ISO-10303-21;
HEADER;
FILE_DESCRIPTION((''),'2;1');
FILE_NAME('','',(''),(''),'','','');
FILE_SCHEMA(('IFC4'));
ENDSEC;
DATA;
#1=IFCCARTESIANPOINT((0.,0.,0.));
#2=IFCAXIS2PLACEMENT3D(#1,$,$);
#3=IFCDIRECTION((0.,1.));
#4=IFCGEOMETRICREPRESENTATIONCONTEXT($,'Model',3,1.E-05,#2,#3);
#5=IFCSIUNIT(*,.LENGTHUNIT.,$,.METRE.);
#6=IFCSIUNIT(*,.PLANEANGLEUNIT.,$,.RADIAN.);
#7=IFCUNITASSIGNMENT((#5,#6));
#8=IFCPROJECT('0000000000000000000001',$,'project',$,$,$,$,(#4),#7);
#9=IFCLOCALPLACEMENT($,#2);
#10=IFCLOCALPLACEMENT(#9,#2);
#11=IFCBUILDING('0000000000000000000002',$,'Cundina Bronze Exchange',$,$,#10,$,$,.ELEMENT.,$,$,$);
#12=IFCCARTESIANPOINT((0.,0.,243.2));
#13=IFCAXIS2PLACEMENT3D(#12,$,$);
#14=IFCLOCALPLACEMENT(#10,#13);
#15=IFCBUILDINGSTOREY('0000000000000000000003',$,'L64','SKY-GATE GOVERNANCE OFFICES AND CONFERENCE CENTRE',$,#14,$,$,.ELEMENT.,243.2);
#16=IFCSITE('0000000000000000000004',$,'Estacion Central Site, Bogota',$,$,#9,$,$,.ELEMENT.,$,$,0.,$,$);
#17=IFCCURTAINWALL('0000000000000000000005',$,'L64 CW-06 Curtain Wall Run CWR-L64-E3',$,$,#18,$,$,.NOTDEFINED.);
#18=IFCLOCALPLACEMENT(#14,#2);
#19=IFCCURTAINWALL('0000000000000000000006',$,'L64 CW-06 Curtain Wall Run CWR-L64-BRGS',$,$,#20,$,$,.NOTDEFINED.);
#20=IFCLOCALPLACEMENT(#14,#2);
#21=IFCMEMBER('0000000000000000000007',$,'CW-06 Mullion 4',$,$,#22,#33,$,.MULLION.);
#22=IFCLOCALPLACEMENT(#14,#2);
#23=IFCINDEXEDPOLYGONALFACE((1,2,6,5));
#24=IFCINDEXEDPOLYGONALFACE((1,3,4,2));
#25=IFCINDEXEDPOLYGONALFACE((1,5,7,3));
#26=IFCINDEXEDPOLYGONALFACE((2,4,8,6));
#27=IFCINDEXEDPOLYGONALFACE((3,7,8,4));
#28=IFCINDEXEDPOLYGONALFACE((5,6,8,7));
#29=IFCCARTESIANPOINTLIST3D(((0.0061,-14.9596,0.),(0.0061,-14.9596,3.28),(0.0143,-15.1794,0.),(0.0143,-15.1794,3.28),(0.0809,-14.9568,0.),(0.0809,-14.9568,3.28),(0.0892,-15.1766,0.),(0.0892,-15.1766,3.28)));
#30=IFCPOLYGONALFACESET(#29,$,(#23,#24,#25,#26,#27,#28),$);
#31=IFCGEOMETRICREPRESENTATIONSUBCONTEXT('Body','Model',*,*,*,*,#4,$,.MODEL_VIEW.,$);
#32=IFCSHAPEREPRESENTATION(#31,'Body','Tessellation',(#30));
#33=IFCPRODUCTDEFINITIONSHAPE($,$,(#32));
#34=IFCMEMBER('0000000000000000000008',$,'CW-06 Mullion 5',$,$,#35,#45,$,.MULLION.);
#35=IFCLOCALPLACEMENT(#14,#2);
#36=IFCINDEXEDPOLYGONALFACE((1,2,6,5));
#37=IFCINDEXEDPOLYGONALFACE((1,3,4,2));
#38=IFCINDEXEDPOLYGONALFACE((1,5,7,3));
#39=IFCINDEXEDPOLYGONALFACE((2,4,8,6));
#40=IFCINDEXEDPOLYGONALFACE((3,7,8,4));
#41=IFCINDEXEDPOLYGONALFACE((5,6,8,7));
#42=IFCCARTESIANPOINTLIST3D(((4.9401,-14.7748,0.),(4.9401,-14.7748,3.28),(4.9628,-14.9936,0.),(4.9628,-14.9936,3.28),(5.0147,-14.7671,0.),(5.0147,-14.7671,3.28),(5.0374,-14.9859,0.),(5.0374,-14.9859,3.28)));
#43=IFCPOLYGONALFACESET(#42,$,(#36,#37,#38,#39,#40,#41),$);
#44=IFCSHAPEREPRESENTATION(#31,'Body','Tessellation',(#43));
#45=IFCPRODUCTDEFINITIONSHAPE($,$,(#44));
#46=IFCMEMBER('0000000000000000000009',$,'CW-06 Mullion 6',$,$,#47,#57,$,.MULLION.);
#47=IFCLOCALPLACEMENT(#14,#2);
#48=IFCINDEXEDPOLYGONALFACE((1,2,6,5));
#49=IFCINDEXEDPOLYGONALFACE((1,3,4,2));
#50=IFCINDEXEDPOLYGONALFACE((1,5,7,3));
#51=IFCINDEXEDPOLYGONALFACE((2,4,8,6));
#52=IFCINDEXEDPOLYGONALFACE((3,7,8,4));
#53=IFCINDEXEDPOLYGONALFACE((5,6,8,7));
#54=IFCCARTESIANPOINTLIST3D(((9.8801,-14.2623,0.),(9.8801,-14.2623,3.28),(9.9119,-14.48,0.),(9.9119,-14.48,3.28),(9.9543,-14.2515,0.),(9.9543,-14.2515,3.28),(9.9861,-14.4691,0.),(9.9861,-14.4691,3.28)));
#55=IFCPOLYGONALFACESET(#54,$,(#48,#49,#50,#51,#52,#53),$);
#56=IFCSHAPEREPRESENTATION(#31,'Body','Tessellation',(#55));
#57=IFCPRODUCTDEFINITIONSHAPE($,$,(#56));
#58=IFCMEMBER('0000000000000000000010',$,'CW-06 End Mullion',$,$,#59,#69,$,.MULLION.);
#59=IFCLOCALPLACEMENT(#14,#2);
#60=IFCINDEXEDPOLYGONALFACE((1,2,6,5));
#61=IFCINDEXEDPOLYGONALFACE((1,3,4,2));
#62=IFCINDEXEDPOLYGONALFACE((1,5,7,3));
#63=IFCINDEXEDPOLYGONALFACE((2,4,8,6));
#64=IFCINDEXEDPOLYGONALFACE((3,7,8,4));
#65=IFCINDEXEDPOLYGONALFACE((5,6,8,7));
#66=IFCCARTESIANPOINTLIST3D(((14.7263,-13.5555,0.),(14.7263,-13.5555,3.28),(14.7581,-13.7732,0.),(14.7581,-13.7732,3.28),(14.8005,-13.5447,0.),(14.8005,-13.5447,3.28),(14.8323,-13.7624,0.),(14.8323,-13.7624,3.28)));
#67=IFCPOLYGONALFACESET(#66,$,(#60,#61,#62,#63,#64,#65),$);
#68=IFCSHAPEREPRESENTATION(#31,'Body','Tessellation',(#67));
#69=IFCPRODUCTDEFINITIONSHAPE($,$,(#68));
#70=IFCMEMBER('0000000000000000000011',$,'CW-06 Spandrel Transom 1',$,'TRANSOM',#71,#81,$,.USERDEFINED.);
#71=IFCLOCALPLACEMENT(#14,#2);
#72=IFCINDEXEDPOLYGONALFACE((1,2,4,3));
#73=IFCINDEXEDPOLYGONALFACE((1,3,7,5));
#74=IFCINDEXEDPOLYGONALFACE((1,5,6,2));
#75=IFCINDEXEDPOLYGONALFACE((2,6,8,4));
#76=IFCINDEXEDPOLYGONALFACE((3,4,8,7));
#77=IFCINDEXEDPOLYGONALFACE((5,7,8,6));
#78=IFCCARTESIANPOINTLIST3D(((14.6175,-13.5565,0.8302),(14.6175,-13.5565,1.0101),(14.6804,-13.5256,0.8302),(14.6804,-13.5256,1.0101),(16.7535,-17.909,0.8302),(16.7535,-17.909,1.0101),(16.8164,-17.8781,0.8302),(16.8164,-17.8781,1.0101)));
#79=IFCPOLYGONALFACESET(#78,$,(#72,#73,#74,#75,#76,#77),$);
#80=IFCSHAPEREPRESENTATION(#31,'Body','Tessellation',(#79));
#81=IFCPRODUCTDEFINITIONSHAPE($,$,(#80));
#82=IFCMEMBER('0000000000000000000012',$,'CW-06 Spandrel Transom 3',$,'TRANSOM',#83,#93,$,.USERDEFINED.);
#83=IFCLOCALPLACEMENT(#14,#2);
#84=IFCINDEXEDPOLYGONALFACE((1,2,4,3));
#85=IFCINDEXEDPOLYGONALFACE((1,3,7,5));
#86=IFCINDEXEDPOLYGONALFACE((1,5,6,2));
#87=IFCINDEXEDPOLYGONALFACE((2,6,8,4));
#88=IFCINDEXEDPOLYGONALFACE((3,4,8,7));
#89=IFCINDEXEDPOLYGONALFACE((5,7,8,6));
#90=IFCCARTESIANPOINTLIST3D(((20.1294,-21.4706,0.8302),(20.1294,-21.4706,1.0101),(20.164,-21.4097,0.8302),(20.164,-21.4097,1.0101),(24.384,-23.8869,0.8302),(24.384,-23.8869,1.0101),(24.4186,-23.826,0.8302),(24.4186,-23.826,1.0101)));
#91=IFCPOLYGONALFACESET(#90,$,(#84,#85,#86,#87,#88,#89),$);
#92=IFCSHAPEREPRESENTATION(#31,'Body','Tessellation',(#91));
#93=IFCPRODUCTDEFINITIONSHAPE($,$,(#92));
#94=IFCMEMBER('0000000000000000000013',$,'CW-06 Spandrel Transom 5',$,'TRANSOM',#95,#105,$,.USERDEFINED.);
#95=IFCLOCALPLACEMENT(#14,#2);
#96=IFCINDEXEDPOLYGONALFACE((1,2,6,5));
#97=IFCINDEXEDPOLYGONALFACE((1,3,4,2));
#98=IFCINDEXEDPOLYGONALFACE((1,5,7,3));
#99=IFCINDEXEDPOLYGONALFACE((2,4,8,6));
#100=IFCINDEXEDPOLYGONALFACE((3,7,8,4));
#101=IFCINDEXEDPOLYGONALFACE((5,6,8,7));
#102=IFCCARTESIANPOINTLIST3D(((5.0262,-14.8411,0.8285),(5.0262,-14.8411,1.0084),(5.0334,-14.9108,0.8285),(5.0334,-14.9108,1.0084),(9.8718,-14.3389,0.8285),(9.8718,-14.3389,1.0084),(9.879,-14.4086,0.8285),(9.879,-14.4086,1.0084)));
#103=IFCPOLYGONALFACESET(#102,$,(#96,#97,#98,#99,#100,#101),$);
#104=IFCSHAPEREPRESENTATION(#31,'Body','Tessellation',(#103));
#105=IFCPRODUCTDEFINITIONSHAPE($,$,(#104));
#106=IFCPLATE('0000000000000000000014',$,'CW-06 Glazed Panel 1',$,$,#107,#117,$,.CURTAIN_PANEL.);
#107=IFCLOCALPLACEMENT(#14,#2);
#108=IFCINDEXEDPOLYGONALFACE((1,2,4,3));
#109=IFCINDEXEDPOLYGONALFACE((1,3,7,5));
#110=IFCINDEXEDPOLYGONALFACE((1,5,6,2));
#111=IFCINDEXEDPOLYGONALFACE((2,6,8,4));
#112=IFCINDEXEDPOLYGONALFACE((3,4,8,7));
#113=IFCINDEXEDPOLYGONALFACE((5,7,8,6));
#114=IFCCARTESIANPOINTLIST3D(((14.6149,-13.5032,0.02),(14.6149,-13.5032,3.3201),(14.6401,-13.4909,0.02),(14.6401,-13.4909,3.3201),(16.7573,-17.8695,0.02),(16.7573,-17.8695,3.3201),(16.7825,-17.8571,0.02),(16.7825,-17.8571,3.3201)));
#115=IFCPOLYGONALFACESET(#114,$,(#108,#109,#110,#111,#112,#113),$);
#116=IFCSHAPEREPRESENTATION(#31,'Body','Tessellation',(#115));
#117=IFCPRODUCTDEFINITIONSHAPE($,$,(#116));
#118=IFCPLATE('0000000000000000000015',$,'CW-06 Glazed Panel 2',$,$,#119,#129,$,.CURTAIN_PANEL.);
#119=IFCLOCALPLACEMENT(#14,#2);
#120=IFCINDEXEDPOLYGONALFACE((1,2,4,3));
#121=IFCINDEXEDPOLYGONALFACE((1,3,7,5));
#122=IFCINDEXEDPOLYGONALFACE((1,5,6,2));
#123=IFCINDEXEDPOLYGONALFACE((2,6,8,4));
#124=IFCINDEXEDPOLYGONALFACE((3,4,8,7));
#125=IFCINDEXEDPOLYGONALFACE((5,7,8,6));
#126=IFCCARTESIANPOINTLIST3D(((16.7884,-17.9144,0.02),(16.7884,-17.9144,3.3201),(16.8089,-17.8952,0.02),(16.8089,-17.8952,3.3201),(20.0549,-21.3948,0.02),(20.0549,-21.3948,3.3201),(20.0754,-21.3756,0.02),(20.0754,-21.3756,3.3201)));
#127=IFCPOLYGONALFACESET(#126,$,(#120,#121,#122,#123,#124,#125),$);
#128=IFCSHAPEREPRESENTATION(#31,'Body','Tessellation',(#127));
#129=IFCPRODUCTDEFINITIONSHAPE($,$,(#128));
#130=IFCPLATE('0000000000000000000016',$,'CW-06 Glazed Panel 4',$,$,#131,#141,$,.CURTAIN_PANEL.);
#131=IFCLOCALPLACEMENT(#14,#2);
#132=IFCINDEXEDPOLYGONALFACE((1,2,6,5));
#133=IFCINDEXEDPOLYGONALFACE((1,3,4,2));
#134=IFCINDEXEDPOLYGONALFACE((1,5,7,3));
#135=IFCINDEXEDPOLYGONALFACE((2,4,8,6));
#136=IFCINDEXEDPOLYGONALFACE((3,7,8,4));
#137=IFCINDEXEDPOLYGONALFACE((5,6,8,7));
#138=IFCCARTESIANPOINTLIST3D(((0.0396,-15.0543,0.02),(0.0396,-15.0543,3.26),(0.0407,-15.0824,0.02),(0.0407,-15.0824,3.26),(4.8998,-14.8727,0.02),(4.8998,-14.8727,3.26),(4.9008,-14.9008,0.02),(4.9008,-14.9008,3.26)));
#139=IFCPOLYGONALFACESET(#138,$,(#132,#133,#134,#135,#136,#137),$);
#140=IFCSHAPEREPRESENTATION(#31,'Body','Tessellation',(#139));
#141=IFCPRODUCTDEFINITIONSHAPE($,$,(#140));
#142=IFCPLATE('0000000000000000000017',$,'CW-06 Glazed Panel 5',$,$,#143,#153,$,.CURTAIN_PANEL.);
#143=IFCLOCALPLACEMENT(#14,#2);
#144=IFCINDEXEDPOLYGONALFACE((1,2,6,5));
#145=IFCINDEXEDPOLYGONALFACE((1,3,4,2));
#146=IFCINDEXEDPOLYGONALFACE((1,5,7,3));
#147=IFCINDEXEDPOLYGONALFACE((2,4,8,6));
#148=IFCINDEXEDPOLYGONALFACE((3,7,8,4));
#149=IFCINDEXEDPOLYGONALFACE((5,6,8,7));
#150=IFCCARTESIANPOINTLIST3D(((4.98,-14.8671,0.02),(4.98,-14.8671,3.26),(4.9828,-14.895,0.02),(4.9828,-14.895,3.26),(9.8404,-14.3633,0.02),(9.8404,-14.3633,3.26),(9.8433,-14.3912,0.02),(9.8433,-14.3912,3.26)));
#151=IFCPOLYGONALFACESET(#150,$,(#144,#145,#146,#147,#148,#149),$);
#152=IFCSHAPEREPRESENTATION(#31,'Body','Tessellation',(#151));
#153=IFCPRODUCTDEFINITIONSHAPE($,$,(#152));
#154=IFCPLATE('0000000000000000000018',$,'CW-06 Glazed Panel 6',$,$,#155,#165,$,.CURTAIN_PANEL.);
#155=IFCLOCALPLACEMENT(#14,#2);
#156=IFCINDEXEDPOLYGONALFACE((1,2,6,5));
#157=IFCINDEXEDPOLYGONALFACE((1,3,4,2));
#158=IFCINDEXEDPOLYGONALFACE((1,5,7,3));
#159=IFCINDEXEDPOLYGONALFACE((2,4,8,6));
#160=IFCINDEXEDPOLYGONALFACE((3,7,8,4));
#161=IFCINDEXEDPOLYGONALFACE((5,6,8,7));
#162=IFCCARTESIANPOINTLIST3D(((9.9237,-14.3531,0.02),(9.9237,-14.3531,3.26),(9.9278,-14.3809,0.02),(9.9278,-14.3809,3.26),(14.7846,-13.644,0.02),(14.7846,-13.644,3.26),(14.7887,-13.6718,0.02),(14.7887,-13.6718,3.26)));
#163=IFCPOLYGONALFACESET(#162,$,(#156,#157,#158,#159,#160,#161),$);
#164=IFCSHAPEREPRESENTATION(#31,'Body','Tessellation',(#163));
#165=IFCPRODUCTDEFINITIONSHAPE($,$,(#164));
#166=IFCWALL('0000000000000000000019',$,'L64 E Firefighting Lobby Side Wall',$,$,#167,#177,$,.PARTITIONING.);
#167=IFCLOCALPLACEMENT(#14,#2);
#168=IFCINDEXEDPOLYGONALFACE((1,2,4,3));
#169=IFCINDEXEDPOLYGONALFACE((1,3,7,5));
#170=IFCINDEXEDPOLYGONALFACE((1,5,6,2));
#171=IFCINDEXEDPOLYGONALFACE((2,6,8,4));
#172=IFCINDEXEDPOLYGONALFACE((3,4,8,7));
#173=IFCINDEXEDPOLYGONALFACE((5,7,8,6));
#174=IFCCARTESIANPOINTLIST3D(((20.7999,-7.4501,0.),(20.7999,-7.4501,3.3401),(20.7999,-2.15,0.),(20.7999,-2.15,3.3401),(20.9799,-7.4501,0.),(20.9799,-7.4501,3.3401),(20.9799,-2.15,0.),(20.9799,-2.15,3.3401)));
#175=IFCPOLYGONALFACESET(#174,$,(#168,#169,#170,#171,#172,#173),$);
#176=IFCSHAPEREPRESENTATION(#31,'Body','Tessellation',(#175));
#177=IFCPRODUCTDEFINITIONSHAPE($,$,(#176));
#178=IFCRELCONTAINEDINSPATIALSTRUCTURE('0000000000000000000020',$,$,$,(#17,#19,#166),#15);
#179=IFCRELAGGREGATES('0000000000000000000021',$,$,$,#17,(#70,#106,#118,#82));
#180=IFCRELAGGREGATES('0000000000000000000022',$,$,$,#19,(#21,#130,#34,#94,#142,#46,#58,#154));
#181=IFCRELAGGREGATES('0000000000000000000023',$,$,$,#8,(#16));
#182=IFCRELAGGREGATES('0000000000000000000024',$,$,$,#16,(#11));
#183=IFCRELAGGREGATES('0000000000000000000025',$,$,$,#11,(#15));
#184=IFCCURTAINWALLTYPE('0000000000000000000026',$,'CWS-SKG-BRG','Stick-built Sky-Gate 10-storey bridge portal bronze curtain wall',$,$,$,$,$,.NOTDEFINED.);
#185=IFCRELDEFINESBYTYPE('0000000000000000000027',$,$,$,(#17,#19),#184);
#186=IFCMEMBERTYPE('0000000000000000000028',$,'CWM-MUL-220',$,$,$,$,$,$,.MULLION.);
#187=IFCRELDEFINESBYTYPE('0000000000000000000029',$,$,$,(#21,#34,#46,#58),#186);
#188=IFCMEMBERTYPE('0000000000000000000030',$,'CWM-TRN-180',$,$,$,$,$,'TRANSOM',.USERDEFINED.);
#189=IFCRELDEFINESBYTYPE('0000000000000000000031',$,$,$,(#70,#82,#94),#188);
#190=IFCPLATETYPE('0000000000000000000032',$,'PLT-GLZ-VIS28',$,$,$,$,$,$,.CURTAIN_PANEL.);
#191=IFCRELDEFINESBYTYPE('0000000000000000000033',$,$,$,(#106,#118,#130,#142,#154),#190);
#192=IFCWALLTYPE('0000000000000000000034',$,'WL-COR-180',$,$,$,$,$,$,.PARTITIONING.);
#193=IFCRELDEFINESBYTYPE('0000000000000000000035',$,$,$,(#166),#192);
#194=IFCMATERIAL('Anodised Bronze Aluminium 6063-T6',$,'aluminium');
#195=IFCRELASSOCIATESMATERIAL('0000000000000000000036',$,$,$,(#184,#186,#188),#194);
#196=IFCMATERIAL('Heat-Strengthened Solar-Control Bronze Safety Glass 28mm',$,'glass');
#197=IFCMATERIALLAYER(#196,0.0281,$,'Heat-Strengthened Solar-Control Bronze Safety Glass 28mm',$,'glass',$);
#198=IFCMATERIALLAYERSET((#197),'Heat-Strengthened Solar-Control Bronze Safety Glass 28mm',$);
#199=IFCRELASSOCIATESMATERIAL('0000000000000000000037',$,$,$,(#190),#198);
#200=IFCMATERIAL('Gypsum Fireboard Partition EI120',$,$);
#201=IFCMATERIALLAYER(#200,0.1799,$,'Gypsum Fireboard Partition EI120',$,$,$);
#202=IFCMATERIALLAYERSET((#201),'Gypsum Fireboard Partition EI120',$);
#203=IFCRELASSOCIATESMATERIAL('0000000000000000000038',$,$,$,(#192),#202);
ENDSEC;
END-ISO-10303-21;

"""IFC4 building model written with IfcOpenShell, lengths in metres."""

from ifc_helpers import new_model, si_unit, direction, frame, frame_2d, origin, origin_2d, place, context, subcontext, project, spatial, rectangle, extrude, material, layer, layer_set, material_profile, profile_set, type_object, element, aggregate, save


model = new_model("IFC4")

# Units and contexts
model_context = context("Model", 3, precision=1e-05, world=origin(), true_north=direction((0.0, 1.0)))
body_context = subcontext(model_context, "Body", "Model", "MODEL_VIEW")
ifc_project = project(units=[si_unit("LENGTHUNIT", "METRE"), si_unit("PLANEANGLEUNIT", "RADIAN")], contexts=[model_context])

# Site, building, storey
site_placement = place(None, origin())
site = spatial("IfcSite", under=ifc_project, at=site_placement, Name="Estacion Central Site, Bogota", CompositionType="ELEMENT", RefElevation=0.0)
building_placement = place(site_placement, origin())
building = spatial("IfcBuilding", under=site, at=building_placement, Name="Cundina Bronze Exchange", CompositionType="ELEMENT")
storey_placement = place(building_placement, frame((0.0, 0.0, 243.2)))
storey = spatial("IfcBuildingStorey", under=building, at=storey_placement, Name="L64", Description="SKY-GATE GOVERNANCE OFFICES AND CONFERENCE CENTRE", CompositionType="ELEMENT", Elevation=243.2)

# Curtain walls, members
ifc_material_1 = material(Name="Anodised Bronze Aluminium 6063-T6", Category="aluminium")
curtain_wall_type = type_object("IfcCurtainWallType", Name="CWS-SKG-BRG", Description="Stick-built Sky-Gate 10-storey bridge portal bronze curtain wall", PredefinedType="NOTDEFINED", material=ifc_material_1)
curtain_wall_1_placement = place(storey_placement, origin())
curtain_wall_1 = element("IfcCurtainWall", 1, at=curtain_wall_1_placement, inside=storey, type_object=curtain_wall_type, Name="L64 CW-06 Curtain Wall Run CWR-L64-E3", PredefinedType="NOTDEFINED")
ifc_material_profile_1 = material_profile(ifc_material_1, rectangle(XDim=0.075, YDim=0.22, at=origin_2d()), Name="AL75X220", Category="aluminium")
ifc_profile_set_1 = profile_set([ifc_material_profile_1], Name="Anodised Bronze Aluminium 6063-T6")
member_type_1 = type_object("IfcMemberType", Name="CWM-MUL-220", PredefinedType="MULLION", material=ifc_profile_set_1)
curtain_wall_2_placement = place(storey_placement, origin())
curtain_wall_2 = element("IfcCurtainWall", 2, at=curtain_wall_2_placement, inside=storey, type_object=curtain_wall_type, Name="L64 CW-06 Curtain Wall Run CWR-L64-BRGS", PredefinedType="NOTDEFINED")
member_1_placement = place(storey_placement, frame((0.0476, -15.0681, 0.0), z_axis=(0.0, 0.0, 1.0), x_axis=(0.999303, 0.037341, 0.0)))
member_1 = element("IfcMember", 3, at=member_1_placement, type_object=member_type_1, Name="CW-06 Mullion 4", PredefinedType="MULLION", context=body_context, shape_type="SweptSolid", body=[
    extrude(rectangle(XDim=0.075, YDim=0.22, at=origin_2d()), origin(), (0.0, 0.0, 1.0), 3.28),
])
member_2_placement = place(storey_placement, frame((4.9888, -14.8804, 0.0), z_axis=(0.0, 0.0, 1.0), x_axis=(0.994667, 0.10314, 0.0)))
member_2 = element("IfcMember", 4, at=member_2_placement, type_object=member_type_1, Name="CW-06 Mullion 5", PredefinedType="MULLION", context=body_context, shape_type="SweptSolid", body=[
    extrude(rectangle(XDim=0.075, YDim=0.22, at=origin_2d()), origin(), (0.0, 0.0, 1.0), 3.28),
])
member_3_placement = place(storey_placement, frame((9.9331, -14.3657, 0.0), z_axis=(0.0, 0.0, 1.0), x_axis=(0.989526, 0.144356, 0.0)))
member_3 = element("IfcMember", 5, at=member_3_placement, type_object=member_type_1, Name="CW-06 Mullion 6", PredefinedType="MULLION", context=body_context, shape_type="SweptSolid", body=[
    extrude(rectangle(XDim=0.075, YDim=0.22, at=origin_2d()), origin(), (0.0, 0.0, 1.0), 3.28),
])
member_4_placement = place(storey_placement, frame((14.7793, -13.6589, 0.0), z_axis=(0.0, 0.0, 1.0), x_axis=(0.989526, 0.144356, 0.0)))
member_4 = element("IfcMember", 6, at=member_4_placement, type_object=member_type_1, Name="CW-06 End Mullion", PredefinedType="MULLION", context=body_context, shape_type="SweptSolid", body=[
    extrude(rectangle(XDim=0.075, YDim=0.22, at=origin_2d()), origin(), (0.0, 0.0, 1.0), 3.28),
])

# Members
ifc_material_profile_2 = material_profile(ifc_material_1, rectangle(XDim=0.0701, YDim=0.1799, at=origin_2d()), Name="AL70X180", Category="aluminium")
ifc_profile_set_2 = profile_set([ifc_material_profile_2], Name="Anodised Bronze Aluminium 6063-T6")
member_type_2 = type_object("IfcMemberType", Name="CWM-TRN-180", ElementType="TRANSOM", PredefinedType="USERDEFINED", material=ifc_profile_set_2)
member_5_placement = place(storey_placement, frame((14.6489, -13.541, 0.9202), z_axis=(0.440554, -0.897726, 0.0), x_axis=(0.897726, 0.440554, 0.0)))
member_5 = element("IfcMember", 7, at=member_5_placement, type_object=member_type_2, Name="CW-06 Spandrel Transom 1", ObjectType="TRANSOM", PredefinedType="USERDEFINED", context=body_context, shape_type="SweptSolid", body=[
    extrude(rectangle(XDim=0.0701, YDim=0.1799, at=origin_2d()), origin(), (0.0, 0.0, 1.0), 4.8484),
])
member_6_placement = place(storey_placement, frame((20.1467, -21.4402, 0.9202), z_axis=(0.869557, -0.493832, 0.0), x_axis=(0.493832, 0.869557, 0.0)))
member_6 = element("IfcMember", 8, at=member_6_placement, type_object=member_type_2, Name="CW-06 Spandrel Transom 3", ObjectType="TRANSOM", PredefinedType="USERDEFINED", context=body_context, shape_type="SweptSolid", body=[
    extrude(rectangle(XDim=0.0701, YDim=0.1799, at=origin_2d()), origin(), (0.0, 0.0, 1.0), 4.8928),
])
member_7_placement = place(storey_placement, frame((5.0298, -14.876, 0.9185), z_axis=(0.994672, 0.103086, 0.0), x_axis=(-0.103086, 0.994672, 0.0)))
member_7 = element("IfcMember", 9, at=member_7_placement, type_object=member_type_2, Name="CW-06 Spandrel Transom 5", ObjectType="TRANSOM", PredefinedType="USERDEFINED", context=body_context, shape_type="SweptSolid", body=[
    extrude(rectangle(XDim=0.0701, YDim=0.1799, at=origin_2d()), origin(), (0.0, 0.0, 1.0), 4.8716),
])

# Plates
ifc_material_2 = material(Name="Heat-Strengthened Solar-Control Bronze Safety Glass 28mm", Category="glass")
ifc_layer_1 = layer(ifc_material_2, 0.0281, Name="Heat-Strengthened Solar-Control Bronze Safety Glass 28mm", Category="glass")
ifc_layer_set_1 = layer_set([ifc_layer_1], Name="Heat-Strengthened Solar-Control Bronze Safety Glass 28mm")
plate_type = type_object("IfcPlateType", Name="PLT-GLZ-VIS28", PredefinedType="CURTAIN_PANEL", material=ifc_layer_set_1)
plate_1_placement = place(storey_placement, frame((15.6987, -15.6802, 0.02), z_axis=(0.0, 0.0, 1.0), x_axis=(0.440503, -0.897751, 0.0)))
plate_1 = element("IfcPlate", 10, at=plate_1_placement, type_object=plate_type, Name="CW-06 Glazed Panel 1", PredefinedType="CURTAIN_PANEL", context=body_context, shape_type="SweptSolid", body=[
    extrude(rectangle(XDim=4.8635, YDim=0.0281, at=origin_2d()), origin(), (0.0, 0.0, 1.0), 3.3),
])
plate_2_placement = place(storey_placement, frame((18.4319, -19.645, 0.02), z_axis=(0.0, 0.0, 1.0), x_axis=(0.684344, -0.72916, 0.0)))
plate_2 = element("IfcPlate", 11, at=plate_2_placement, type_object=plate_type, Name="CW-06 Glazed Panel 2", PredefinedType="CURTAIN_PANEL", context=body_context, shape_type="SweptSolid", body=[
    extrude(rectangle(XDim=4.7732, YDim=0.0281, at=origin_2d()), origin(), (0.0, 0.0, 1.0), 3.3),
])
aggregate(curtain_wall_1, [member_5, plate_1, plate_2, member_6])
plate_3_placement = place(storey_placement, frame((2.4702, -14.9775, 0.02), z_axis=(0.0, 0.0, 1.0), x_axis=(0.999303, 0.037341, 0.0)))
plate_3 = element("IfcPlate", 12, at=plate_3_placement, type_object=plate_type, Name="CW-06 Glazed Panel 4", PredefinedType="CURTAIN_PANEL", context=body_context, shape_type="SweptSolid", body=[
    extrude(rectangle(XDim=4.8635, YDim=0.0281, at=origin_2d()), origin(), (0.0, 0.0, 1.0), 3.24),
])
plate_4_placement = place(storey_placement, frame((7.4116, -14.6292, 0.02), z_axis=(0.0, 0.0, 1.0), x_axis=(0.994672, 0.103088, 0.0)))
plate_4 = element("IfcPlate", 13, at=plate_4_placement, type_object=plate_type, Name="CW-06 Glazed Panel 5", PredefinedType="CURTAIN_PANEL", context=body_context, shape_type="SweptSolid", body=[
    extrude(rectangle(XDim=4.8865, YDim=0.0281, at=origin_2d()), origin(), (0.0, 0.0, 1.0), 3.24),
])
plate_5_placement = place(storey_placement, frame((12.3562, -14.0125, 0.02), z_axis=(0.0, 0.0, 1.0), x_axis=(0.989528, 0.144339, 0.0)))
plate_5 = element("IfcPlate", 14, at=plate_5_placement, type_object=plate_type, Name="CW-06 Glazed Panel 6", PredefinedType="CURTAIN_PANEL", context=body_context, shape_type="SweptSolid", body=[
    extrude(rectangle(XDim=4.9124, YDim=0.0281, at=origin_2d()), origin(), (0.0, 0.0, 1.0), 3.24),
])
aggregate(curtain_wall_2, [member_1, plate_3, member_2, member_7, plate_4, member_3, member_4, plate_5])

# Wall
ifc_material_3 = material(Name="Gypsum Fireboard Partition EI120")
ifc_layer_2 = layer(ifc_material_3, 0.1799, Name="Gypsum Fireboard Partition EI120")
ifc_layer_set_2 = layer_set([ifc_layer_2], Name="Gypsum Fireboard Partition EI120")
wall_type = type_object("IfcWallType", Name="WL-COR-180", PredefinedType="PARTITIONING", material=ifc_layer_set_2)
wall_1_placement = place(storey_placement, frame((20.8899, -7.45, 0.0), z_axis=(0.0, 0.0, 1.0), x_axis=(0.0, 1.0, 0.0)))
element("IfcWall", 15, at=wall_1_placement, inside=storey, type_object=wall_type, Name="L64 E Firefighting Lobby Side Wall", PredefinedType="PARTITIONING", context=body_context, shape_type="SweptSolid", body=[
    extrude(rectangle(XDim=5.3, YDim=0.1799, at=frame_2d((2.6499, 0.0))), origin(), (0.0, 0.0, 1.0), 3.3401),
])

save(model, "model.ifc")
